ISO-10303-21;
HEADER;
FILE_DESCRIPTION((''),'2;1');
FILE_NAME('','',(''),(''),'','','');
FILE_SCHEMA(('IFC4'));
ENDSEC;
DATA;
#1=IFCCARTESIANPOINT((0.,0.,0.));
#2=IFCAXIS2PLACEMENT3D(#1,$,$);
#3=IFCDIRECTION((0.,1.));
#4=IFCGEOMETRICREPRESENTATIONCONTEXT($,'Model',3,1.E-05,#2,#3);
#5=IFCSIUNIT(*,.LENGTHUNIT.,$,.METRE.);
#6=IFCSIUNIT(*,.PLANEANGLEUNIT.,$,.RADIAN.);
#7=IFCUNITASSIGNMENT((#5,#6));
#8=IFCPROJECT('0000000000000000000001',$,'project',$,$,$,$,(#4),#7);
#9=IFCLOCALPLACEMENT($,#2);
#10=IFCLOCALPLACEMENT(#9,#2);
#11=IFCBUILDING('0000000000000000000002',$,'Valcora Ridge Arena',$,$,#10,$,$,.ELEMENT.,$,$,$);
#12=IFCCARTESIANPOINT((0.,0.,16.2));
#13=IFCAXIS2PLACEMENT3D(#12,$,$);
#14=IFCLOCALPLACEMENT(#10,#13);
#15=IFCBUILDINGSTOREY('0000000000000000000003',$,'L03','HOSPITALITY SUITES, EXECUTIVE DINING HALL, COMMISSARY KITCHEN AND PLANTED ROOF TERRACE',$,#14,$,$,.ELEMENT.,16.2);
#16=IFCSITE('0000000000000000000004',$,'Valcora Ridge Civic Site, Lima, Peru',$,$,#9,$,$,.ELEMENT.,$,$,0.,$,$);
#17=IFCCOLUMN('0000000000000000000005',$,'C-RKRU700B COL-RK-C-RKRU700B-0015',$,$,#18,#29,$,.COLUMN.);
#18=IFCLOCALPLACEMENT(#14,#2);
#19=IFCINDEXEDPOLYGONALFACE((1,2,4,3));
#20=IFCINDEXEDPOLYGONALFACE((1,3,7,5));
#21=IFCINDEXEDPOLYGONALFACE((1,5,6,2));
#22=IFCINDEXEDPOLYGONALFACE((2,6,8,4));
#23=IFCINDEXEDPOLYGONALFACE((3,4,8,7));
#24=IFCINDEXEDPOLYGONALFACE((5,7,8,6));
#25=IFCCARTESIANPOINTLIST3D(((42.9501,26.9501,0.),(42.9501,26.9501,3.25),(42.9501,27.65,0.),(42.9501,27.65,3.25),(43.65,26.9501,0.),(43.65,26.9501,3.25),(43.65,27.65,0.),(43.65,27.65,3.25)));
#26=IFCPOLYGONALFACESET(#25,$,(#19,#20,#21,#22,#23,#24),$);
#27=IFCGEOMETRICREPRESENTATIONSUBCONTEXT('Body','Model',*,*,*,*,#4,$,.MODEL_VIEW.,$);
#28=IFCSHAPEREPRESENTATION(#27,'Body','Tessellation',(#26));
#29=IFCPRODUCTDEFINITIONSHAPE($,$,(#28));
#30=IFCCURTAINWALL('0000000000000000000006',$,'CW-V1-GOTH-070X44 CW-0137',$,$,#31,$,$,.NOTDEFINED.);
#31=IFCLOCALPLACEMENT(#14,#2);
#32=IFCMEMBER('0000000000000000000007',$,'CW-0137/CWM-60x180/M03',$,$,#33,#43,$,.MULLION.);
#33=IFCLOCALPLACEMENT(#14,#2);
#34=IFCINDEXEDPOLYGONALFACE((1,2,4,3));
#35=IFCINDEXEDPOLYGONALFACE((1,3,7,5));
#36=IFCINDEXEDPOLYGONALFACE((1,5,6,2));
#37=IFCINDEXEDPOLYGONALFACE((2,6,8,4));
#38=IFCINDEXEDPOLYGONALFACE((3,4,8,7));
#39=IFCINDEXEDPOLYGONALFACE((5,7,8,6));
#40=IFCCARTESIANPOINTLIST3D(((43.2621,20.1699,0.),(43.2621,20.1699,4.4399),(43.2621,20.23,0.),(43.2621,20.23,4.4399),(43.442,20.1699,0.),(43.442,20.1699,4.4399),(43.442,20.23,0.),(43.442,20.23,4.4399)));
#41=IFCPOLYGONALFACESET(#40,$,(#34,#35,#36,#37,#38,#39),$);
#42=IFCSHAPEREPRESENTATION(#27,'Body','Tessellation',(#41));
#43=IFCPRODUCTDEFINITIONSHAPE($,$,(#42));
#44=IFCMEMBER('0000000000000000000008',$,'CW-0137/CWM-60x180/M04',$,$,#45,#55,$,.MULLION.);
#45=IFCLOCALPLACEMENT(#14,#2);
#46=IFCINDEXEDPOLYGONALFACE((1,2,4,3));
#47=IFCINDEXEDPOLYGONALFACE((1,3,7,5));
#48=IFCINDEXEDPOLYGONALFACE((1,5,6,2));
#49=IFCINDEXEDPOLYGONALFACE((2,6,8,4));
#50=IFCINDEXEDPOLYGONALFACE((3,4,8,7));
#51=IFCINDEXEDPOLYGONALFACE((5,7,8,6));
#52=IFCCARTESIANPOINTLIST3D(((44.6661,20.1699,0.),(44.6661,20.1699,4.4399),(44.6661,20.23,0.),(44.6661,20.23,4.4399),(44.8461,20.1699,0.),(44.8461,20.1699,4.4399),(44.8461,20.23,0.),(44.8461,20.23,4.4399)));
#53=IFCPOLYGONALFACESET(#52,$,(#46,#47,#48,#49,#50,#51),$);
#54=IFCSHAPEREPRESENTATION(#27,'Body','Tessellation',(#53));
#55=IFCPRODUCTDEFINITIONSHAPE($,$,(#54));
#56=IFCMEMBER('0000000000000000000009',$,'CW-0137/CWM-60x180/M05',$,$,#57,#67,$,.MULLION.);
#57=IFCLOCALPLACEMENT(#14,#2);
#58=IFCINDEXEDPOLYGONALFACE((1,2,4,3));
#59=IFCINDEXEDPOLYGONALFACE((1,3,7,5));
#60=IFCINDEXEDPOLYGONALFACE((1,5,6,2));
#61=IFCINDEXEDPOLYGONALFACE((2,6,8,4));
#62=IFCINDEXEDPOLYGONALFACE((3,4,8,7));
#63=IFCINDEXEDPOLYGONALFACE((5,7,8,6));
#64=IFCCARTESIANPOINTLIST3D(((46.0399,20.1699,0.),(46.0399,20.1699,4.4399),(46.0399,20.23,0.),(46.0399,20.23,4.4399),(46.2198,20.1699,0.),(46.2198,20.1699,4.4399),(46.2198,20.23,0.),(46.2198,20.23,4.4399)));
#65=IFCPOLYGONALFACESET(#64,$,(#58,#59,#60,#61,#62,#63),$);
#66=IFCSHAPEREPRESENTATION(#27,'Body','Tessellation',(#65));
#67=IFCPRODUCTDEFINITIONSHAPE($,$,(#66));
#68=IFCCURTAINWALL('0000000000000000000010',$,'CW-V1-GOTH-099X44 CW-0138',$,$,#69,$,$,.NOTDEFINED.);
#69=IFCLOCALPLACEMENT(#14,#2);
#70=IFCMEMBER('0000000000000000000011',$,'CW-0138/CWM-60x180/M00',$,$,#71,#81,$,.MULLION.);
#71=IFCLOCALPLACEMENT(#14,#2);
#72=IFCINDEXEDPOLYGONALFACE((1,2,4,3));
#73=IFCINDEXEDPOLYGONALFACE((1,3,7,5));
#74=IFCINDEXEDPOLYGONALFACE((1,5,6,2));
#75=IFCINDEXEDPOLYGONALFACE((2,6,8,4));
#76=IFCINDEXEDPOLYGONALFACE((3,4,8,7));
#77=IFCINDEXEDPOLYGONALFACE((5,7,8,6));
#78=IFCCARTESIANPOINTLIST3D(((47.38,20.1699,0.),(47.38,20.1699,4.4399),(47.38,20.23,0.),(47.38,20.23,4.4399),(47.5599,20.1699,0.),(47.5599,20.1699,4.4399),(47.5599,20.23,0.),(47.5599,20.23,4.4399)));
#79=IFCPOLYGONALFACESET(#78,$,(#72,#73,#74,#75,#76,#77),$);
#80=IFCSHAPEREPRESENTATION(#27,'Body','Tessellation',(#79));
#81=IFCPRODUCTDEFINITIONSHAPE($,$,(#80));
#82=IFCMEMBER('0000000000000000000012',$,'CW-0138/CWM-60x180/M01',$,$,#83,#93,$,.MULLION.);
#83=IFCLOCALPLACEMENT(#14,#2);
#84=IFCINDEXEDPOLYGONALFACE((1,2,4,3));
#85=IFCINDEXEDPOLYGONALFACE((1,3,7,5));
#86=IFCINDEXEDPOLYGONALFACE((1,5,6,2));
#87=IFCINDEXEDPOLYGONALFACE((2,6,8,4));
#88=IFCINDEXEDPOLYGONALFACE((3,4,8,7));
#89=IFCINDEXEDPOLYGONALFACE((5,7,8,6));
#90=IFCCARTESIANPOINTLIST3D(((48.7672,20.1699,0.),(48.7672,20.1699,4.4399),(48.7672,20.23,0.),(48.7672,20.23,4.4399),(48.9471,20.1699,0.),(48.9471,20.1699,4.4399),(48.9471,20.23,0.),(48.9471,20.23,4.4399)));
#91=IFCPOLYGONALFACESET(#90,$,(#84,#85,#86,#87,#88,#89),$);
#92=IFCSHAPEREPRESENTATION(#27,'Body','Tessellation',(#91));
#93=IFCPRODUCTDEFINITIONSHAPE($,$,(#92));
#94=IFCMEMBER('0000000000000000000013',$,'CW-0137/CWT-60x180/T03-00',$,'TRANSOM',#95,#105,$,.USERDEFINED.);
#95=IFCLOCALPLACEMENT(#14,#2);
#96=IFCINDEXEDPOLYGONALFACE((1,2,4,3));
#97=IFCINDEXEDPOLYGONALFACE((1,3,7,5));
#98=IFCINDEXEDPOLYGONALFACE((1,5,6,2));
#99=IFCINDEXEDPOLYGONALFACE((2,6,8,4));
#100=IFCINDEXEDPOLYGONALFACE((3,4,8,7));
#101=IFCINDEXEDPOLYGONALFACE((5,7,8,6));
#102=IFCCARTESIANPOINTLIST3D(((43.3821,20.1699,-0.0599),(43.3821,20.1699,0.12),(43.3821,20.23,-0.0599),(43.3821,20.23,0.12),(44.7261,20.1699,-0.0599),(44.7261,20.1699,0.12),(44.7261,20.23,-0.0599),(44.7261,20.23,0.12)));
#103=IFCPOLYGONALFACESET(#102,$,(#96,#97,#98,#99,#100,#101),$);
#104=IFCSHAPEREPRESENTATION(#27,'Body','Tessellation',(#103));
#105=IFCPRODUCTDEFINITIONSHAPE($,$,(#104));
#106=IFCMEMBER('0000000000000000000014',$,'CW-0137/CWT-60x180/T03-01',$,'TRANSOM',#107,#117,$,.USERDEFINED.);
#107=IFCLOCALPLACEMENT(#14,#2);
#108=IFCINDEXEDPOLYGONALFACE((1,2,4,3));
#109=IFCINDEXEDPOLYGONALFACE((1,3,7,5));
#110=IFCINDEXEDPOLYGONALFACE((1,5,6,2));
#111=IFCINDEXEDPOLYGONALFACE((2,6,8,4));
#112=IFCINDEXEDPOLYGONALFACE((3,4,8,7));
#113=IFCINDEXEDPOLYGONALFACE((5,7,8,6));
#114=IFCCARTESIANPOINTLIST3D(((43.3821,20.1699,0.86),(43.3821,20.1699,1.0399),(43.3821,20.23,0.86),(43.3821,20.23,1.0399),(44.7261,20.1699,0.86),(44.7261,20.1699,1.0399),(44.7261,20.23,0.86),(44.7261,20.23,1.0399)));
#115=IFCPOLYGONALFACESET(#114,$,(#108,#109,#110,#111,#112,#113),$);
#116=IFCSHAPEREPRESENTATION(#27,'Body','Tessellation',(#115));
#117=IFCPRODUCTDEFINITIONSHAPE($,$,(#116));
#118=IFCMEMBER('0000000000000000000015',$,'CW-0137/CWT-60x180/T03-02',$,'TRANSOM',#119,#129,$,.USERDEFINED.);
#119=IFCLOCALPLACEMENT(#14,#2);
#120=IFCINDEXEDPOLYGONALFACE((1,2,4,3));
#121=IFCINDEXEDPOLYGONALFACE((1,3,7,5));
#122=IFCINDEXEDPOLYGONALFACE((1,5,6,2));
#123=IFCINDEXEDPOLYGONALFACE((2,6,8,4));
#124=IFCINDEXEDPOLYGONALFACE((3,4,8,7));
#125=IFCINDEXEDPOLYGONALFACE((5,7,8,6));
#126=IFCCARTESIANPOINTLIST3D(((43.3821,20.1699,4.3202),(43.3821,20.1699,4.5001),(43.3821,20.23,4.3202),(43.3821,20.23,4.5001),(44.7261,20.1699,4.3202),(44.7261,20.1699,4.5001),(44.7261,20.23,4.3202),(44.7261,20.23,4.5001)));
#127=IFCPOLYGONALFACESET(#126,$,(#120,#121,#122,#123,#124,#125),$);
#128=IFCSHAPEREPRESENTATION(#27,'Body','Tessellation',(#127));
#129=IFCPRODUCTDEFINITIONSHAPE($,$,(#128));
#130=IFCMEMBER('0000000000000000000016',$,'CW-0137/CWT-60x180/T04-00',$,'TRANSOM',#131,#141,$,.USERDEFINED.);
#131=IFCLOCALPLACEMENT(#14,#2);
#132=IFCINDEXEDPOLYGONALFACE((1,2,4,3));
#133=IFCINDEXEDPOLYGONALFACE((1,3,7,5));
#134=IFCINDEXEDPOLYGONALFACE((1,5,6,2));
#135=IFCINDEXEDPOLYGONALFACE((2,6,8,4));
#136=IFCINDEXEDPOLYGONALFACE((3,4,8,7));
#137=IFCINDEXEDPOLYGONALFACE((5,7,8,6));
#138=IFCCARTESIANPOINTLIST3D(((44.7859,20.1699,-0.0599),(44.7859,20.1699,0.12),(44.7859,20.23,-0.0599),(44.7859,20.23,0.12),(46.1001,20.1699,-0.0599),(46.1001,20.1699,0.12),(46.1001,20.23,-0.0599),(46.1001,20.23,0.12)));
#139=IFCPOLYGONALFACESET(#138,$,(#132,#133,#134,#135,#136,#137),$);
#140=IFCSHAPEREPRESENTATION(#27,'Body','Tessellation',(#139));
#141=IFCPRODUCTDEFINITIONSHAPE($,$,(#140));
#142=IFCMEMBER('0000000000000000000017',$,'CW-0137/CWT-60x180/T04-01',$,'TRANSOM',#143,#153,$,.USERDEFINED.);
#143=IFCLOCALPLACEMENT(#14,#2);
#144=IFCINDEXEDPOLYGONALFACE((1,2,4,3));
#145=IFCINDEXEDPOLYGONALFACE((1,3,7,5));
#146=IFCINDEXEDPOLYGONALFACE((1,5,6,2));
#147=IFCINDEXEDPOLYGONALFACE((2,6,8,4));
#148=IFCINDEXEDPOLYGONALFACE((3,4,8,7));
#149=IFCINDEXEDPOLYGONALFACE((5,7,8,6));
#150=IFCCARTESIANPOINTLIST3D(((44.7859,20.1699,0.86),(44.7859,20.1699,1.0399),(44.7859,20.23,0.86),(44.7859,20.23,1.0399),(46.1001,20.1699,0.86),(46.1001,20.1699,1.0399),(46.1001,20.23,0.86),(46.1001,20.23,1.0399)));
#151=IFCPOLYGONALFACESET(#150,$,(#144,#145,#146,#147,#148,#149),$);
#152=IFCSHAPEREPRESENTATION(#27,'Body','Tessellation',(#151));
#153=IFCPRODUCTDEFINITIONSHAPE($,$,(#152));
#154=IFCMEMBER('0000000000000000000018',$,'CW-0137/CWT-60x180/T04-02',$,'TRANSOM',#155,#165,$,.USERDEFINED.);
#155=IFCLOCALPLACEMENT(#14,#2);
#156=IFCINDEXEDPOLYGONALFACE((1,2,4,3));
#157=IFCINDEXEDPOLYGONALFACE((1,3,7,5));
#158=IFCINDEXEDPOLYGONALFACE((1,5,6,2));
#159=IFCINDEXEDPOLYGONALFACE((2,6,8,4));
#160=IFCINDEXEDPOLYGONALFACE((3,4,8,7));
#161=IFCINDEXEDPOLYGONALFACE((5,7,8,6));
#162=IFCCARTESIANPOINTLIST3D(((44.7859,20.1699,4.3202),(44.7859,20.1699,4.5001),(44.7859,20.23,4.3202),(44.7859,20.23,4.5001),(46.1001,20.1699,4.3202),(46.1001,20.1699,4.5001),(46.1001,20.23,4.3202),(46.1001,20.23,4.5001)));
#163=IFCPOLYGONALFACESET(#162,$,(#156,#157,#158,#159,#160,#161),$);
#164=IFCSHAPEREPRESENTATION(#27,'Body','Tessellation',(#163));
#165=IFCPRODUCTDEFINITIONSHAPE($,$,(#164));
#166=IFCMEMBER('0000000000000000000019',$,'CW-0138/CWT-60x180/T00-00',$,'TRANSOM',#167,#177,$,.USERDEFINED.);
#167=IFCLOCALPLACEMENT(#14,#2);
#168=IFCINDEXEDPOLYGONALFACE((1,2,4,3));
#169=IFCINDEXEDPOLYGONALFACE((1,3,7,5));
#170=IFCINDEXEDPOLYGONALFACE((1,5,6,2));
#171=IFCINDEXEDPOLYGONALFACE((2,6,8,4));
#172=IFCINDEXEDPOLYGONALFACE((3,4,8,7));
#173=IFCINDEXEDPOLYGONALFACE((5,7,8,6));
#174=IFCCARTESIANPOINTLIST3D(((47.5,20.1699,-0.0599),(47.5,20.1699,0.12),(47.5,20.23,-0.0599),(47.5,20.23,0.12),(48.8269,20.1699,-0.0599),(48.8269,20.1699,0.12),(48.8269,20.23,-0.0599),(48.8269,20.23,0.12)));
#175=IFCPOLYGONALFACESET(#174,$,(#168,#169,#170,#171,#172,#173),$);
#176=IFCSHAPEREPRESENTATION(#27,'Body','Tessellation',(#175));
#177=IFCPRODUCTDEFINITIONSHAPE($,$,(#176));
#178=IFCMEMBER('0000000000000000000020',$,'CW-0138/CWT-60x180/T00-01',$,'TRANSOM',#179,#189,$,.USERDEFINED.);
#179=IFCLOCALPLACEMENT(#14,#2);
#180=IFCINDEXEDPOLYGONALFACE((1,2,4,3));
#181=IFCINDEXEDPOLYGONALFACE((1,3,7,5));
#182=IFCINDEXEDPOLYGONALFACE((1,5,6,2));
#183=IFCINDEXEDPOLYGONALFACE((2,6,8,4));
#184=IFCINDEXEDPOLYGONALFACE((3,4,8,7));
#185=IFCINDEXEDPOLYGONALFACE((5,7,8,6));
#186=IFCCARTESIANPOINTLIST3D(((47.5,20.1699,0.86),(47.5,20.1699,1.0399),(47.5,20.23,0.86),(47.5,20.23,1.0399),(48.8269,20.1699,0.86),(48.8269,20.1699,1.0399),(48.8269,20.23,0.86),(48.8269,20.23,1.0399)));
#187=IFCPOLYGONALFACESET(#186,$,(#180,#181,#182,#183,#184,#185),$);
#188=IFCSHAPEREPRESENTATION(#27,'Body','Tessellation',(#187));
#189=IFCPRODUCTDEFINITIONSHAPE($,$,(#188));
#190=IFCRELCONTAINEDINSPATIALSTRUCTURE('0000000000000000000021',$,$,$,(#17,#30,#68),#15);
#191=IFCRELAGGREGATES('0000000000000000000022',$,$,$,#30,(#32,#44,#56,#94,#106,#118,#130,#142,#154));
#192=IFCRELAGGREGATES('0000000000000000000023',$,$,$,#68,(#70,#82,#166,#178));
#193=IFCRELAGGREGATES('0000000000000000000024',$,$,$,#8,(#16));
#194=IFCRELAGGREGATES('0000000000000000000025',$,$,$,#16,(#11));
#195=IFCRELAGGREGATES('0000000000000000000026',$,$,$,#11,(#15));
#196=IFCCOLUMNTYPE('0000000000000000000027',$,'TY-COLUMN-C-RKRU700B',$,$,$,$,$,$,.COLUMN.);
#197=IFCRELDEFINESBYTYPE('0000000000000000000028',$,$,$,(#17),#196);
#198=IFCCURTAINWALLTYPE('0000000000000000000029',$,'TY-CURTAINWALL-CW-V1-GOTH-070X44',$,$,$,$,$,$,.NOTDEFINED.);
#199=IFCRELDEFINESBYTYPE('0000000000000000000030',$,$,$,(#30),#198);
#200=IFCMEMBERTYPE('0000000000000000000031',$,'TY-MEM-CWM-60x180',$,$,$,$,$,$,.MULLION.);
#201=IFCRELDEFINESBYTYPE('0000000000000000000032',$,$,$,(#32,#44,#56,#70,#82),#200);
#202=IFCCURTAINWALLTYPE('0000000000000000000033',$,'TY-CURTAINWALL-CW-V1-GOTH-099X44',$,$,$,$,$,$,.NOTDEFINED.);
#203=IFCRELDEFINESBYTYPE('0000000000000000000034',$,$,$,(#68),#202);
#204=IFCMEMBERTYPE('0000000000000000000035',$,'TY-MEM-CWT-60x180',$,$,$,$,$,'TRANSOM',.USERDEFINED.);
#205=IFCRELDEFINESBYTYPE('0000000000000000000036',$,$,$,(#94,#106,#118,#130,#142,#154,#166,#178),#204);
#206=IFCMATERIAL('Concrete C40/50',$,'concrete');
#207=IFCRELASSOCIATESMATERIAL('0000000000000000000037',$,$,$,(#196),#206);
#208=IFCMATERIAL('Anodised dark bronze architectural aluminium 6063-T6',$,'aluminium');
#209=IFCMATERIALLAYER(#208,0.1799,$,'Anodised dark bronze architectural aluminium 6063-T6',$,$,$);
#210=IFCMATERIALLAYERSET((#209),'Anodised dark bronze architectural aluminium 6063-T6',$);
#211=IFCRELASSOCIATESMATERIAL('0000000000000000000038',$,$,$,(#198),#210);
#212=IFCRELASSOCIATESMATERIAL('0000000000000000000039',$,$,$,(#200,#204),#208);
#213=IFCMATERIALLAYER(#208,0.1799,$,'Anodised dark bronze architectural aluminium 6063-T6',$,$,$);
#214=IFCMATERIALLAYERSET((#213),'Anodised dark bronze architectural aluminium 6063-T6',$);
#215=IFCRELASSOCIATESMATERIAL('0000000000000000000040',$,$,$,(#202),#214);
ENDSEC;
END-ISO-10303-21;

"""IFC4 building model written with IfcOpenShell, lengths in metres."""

from ifc_helpers import new_model, si_unit, direction, frame, origin, origin_2d, place, context, subcontext, project, spatial, rectangle, extrude, material, layer, layer_set, material_profile, profile_set, type_object, element, aggregate, save


model = new_model("IFC4")

# Units and contexts
model_context = context("Model", 3, precision=1e-05, world=origin(), true_north=direction((0.0, 1.0)))
body_context = subcontext(model_context, "Body", "Model", "MODEL_VIEW")
ifc_project = project(units=[si_unit("LENGTHUNIT", "METRE"), si_unit("PLANEANGLEUNIT", "RADIAN")], contexts=[model_context])

# Site, building, storey
site_placement = place(None, origin())
site = spatial("IfcSite", under=ifc_project, at=site_placement, Name="Valcora Ridge Civic Site, Lima, Peru", CompositionType="ELEMENT", RefElevation=0.0)
building_placement = place(site_placement, origin())
building = spatial("IfcBuilding", under=site, at=building_placement, Name="Valcora Ridge Arena", CompositionType="ELEMENT")
storey_placement = place(building_placement, frame((0.0, 0.0, 16.2)))
storey = spatial("IfcBuildingStorey", under=building, at=storey_placement, Name="L03", Description="HOSPITALITY SUITES, EXECUTIVE DINING HALL, COMMISSARY KITCHEN AND PLANTED ROOF TERRACE", CompositionType="ELEMENT", Elevation=16.2)

# Column
ifc_material_1 = material(Name="Concrete C40/50", Category="concrete")
ifc_material_profile_1 = material_profile(ifc_material_1, rectangle(XDim=0.7, YDim=0.7, at=origin_2d()), Name="RC 700x700")
ifc_profile_set_1 = profile_set([ifc_material_profile_1], Name="Concrete C40/50")
column_type = type_object("IfcColumnType", Name="TY-COLUMN-C-RKRU700B", PredefinedType="COLUMN", material=ifc_profile_set_1)
column_placement = place(storey_placement, frame((43.3, 27.3, 0.0), z_axis=(0.0, 0.0, 1.0), x_axis=(1.0, 0.0, 0.0)))
element("IfcColumn", 1, at=column_placement, inside=storey, type_object=column_type, Name="C-RKRU700B COL-RK-C-RKRU700B-0015", PredefinedType="COLUMN", context=body_context, shape_type="SweptSolid", body=[
    extrude(rectangle(XDim=0.7, YDim=0.7, at=origin_2d()), origin(), (0.0, 0.0, 1.0), 3.25),
])

# Curtain walls, members
ifc_material_2 = material(Name="Anodised dark bronze architectural aluminium 6063-T6", Category="aluminium")
ifc_layer_1 = layer(ifc_material_2, 0.1799, Name="Anodised dark bronze architectural aluminium 6063-T6")
ifc_layer_set_1 = layer_set([ifc_layer_1], Name="Anodised dark bronze architectural aluminium 6063-T6")
curtain_wall_type_1 = type_object("IfcCurtainWallType", Name="TY-CURTAINWALL-CW-V1-GOTH-070X44", PredefinedType="NOTDEFINED", material=ifc_layer_set_1)
curtain_wall_1_placement = place(storey_placement, origin())
curtain_wall_1 = element("IfcCurtainWall", 2, at=curtain_wall_1_placement, inside=storey, type_object=curtain_wall_type_1, Name="CW-V1-GOTH-070X44 CW-0137", PredefinedType="NOTDEFINED")
ifc_material_profile_2 = material_profile(ifc_material_2, rectangle(XDim=0.0601, YDim=0.1799, at=origin_2d()), Name="ALU MULLION 60x180")
ifc_profile_set_2 = profile_set([ifc_material_profile_2], Name="Anodised dark bronze architectural aluminium 6063-T6")
member_type_1 = type_object("IfcMemberType", Name="TY-MEM-CWM-60x180", PredefinedType="MULLION", material=ifc_profile_set_2)
member_1_placement = place(storey_placement, frame((43.3521, 20.2, 0.0), z_axis=(0.0, 0.0, 1.0), x_axis=(0.0, 1.0, 0.0)))
member_1 = element("IfcMember", 3, at=member_1_placement, type_object=member_type_1, Name="CW-0137/CWM-60x180/M03", PredefinedType="MULLION", context=body_context, shape_type="SweptSolid", body=[
    extrude(rectangle(XDim=0.0601, YDim=0.1799, at=origin_2d()), origin(), (0.0, 0.0, 1.0), 4.4399),
])
member_2_placement = place(storey_placement, frame((44.7561, 20.2, 0.0), z_axis=(0.0, 0.0, 1.0), x_axis=(0.0, 1.0, 0.0)))
member_2 = element("IfcMember", 4, at=member_2_placement, type_object=member_type_1, Name="CW-0137/CWM-60x180/M04", PredefinedType="MULLION", context=body_context, shape_type="SweptSolid", body=[
    extrude(rectangle(XDim=0.0601, YDim=0.1799, at=origin_2d()), origin(), (0.0, 0.0, 1.0), 4.4399),
])
member_3_placement = place(storey_placement, frame((46.1299, 20.2, 0.0), z_axis=(0.0, 0.0, 1.0), x_axis=(0.0, 1.0, 0.0)))
member_3 = element("IfcMember", 5, at=member_3_placement, type_object=member_type_1, Name="CW-0137/CWM-60x180/M05", PredefinedType="MULLION", context=body_context, shape_type="SweptSolid", body=[
    extrude(rectangle(XDim=0.0601, YDim=0.1799, at=origin_2d()), origin(), (0.0, 0.0, 1.0), 4.4399),
])
ifc_layer_2 = layer(ifc_material_2, 0.1799, Name="Anodised dark bronze architectural aluminium 6063-T6")
ifc_layer_set_2 = layer_set([ifc_layer_2], Name="Anodised dark bronze architectural aluminium 6063-T6")
curtain_wall_type_2 = type_object("IfcCurtainWallType", Name="TY-CURTAINWALL-CW-V1-GOTH-099X44", PredefinedType="NOTDEFINED", material=ifc_layer_set_2)
curtain_wall_2_placement = place(storey_placement, origin())
curtain_wall_2 = element("IfcCurtainWall", 6, at=curtain_wall_2_placement, inside=storey, type_object=curtain_wall_type_2, Name="CW-V1-GOTH-099X44 CW-0138", PredefinedType="NOTDEFINED")
member_4_placement = place(storey_placement, frame((47.47, 20.2, 0.0), z_axis=(0.0, 0.0, 1.0), x_axis=(0.0, 1.0, 0.0)))
member_4 = element("IfcMember", 7, at=member_4_placement, type_object=member_type_1, Name="CW-0138/CWM-60x180/M00", PredefinedType="MULLION", context=body_context, shape_type="SweptSolid", body=[
    extrude(rectangle(XDim=0.0601, YDim=0.1799, at=origin_2d()), origin(), (0.0, 0.0, 1.0), 4.4399),
])
member_5_placement = place(storey_placement, frame((48.8572, 20.2, 0.0), z_axis=(0.0, 0.0, 1.0), x_axis=(0.0, 1.0, 0.0)))
member_5 = element("IfcMember", 8, at=member_5_placement, type_object=member_type_1, Name="CW-0138/CWM-60x180/M01", PredefinedType="MULLION", context=body_context, shape_type="SweptSolid", body=[
    extrude(rectangle(XDim=0.0601, YDim=0.1799, at=origin_2d()), origin(), (0.0, 0.0, 1.0), 4.4399),
])

# Members
ifc_material_profile_3 = material_profile(ifc_material_2, rectangle(XDim=0.0601, YDim=0.1799, at=origin_2d()), Name="ALU TRANSOM 60x180")
ifc_profile_set_3 = profile_set([ifc_material_profile_3], Name="Anodised dark bronze architectural aluminium 6063-T6")
member_type_2 = type_object("IfcMemberType", Name="TY-MEM-CWT-60x180", ElementType="TRANSOM", PredefinedType="USERDEFINED", material=ifc_profile_set_3)
member_6_placement = place(storey_placement, frame((43.3821, 20.2, 0.03), z_axis=(1.0, 0.0, 0.0), x_axis=(0.0, 1.0, 0.0)))
member_6 = element("IfcMember", 9, at=member_6_placement, type_object=member_type_2, Name="CW-0137/CWT-60x180/T03-00", ObjectType="TRANSOM", PredefinedType="USERDEFINED", context=body_context, shape_type="SweptSolid", body=[
    extrude(rectangle(XDim=0.0601, YDim=0.1799, at=origin_2d()), origin(), (0.0, 0.0, 1.0), 1.344),
])
member_7_placement = place(storey_placement, frame((43.3821, 20.2, 0.95), z_axis=(1.0, 0.0, 0.0), x_axis=(0.0, 1.0, 0.0)))
member_7 = element("IfcMember", 10, at=member_7_placement, type_object=member_type_2, Name="CW-0137/CWT-60x180/T03-01", ObjectType="TRANSOM", PredefinedType="USERDEFINED", context=body_context, shape_type="SweptSolid", body=[
    extrude(rectangle(XDim=0.0601, YDim=0.1799, at=origin_2d()), origin(), (0.0, 0.0, 1.0), 1.344),
])
member_8_placement = place(storey_placement, frame((43.3821, 20.2, 4.4102), z_axis=(1.0, 0.0, 0.0), x_axis=(0.0, 1.0, 0.0)))
member_8 = element("IfcMember", 11, at=member_8_placement, type_object=member_type_2, Name="CW-0137/CWT-60x180/T03-02", ObjectType="TRANSOM", PredefinedType="USERDEFINED", context=body_context, shape_type="SweptSolid", body=[
    extrude(rectangle(XDim=0.0601, YDim=0.1799, at=origin_2d()), origin(), (0.0, 0.0, 1.0), 1.344),
])
member_9_placement = place(storey_placement, frame((44.7859, 20.2, 0.03), z_axis=(1.0, 0.0, 0.0), x_axis=(0.0, 1.0, 0.0)))
member_9 = element("IfcMember", 12, at=member_9_placement, type_object=member_type_2, Name="CW-0137/CWT-60x180/T04-00", ObjectType="TRANSOM", PredefinedType="USERDEFINED", context=body_context, shape_type="SweptSolid", body=[
    extrude(rectangle(XDim=0.0601, YDim=0.1799, at=origin_2d()), origin(), (0.0, 0.0, 1.0), 1.3142),
])
member_10_placement = place(storey_placement, frame((44.7859, 20.2, 0.95), z_axis=(1.0, 0.0, 0.0), x_axis=(0.0, 1.0, 0.0)))
member_10 = element("IfcMember", 13, at=member_10_placement, type_object=member_type_2, Name="CW-0137/CWT-60x180/T04-01", ObjectType="TRANSOM", PredefinedType="USERDEFINED", context=body_context, shape_type="SweptSolid", body=[
    extrude(rectangle(XDim=0.0601, YDim=0.1799, at=origin_2d()), origin(), (0.0, 0.0, 1.0), 1.3142),
])
member_11_placement = place(storey_placement, frame((44.7859, 20.2, 4.4102), z_axis=(1.0, 0.0, 0.0), x_axis=(0.0, 1.0, 0.0)))
member_11 = element("IfcMember", 14, at=member_11_placement, type_object=member_type_2, Name="CW-0137/CWT-60x180/T04-02", ObjectType="TRANSOM", PredefinedType="USERDEFINED", context=body_context, shape_type="SweptSolid", body=[
    extrude(rectangle(XDim=0.0601, YDim=0.1799, at=origin_2d()), origin(), (0.0, 0.0, 1.0), 1.3142),
])
member_12_placement = place(storey_placement, frame((47.5, 20.2, 0.03), z_axis=(1.0, 0.0, 0.0), x_axis=(0.0, 1.0, 0.0)))
member_12 = element("IfcMember", 15, at=member_12_placement, type_object=member_type_2, Name="CW-0138/CWT-60x180/T00-00", ObjectType="TRANSOM", PredefinedType="USERDEFINED", context=body_context, shape_type="SweptSolid", body=[
    extrude(rectangle(XDim=0.0601, YDim=0.1799, at=origin_2d()), origin(), (0.0, 0.0, 1.0), 1.3269),
])
member_13_placement = place(storey_placement, frame((47.5, 20.2, 0.95), z_axis=(1.0, 0.0, 0.0), x_axis=(0.0, 1.0, 0.0)))
member_13 = element("IfcMember", 16, at=member_13_placement, type_object=member_type_2, Name="CW-0138/CWT-60x180/T00-01", ObjectType="TRANSOM", PredefinedType="USERDEFINED", context=body_context, shape_type="SweptSolid", body=[
    extrude(rectangle(XDim=0.0601, YDim=0.1799, at=origin_2d()), origin(), (0.0, 0.0, 1.0), 1.3269),
])

aggregate(curtain_wall_1, [member_1, member_2, member_3, member_6, member_7, member_8, member_9, member_10, member_11])
aggregate(curtain_wall_2, [member_4, member_5, member_12, member_13])

save(model, "model.ifc")
